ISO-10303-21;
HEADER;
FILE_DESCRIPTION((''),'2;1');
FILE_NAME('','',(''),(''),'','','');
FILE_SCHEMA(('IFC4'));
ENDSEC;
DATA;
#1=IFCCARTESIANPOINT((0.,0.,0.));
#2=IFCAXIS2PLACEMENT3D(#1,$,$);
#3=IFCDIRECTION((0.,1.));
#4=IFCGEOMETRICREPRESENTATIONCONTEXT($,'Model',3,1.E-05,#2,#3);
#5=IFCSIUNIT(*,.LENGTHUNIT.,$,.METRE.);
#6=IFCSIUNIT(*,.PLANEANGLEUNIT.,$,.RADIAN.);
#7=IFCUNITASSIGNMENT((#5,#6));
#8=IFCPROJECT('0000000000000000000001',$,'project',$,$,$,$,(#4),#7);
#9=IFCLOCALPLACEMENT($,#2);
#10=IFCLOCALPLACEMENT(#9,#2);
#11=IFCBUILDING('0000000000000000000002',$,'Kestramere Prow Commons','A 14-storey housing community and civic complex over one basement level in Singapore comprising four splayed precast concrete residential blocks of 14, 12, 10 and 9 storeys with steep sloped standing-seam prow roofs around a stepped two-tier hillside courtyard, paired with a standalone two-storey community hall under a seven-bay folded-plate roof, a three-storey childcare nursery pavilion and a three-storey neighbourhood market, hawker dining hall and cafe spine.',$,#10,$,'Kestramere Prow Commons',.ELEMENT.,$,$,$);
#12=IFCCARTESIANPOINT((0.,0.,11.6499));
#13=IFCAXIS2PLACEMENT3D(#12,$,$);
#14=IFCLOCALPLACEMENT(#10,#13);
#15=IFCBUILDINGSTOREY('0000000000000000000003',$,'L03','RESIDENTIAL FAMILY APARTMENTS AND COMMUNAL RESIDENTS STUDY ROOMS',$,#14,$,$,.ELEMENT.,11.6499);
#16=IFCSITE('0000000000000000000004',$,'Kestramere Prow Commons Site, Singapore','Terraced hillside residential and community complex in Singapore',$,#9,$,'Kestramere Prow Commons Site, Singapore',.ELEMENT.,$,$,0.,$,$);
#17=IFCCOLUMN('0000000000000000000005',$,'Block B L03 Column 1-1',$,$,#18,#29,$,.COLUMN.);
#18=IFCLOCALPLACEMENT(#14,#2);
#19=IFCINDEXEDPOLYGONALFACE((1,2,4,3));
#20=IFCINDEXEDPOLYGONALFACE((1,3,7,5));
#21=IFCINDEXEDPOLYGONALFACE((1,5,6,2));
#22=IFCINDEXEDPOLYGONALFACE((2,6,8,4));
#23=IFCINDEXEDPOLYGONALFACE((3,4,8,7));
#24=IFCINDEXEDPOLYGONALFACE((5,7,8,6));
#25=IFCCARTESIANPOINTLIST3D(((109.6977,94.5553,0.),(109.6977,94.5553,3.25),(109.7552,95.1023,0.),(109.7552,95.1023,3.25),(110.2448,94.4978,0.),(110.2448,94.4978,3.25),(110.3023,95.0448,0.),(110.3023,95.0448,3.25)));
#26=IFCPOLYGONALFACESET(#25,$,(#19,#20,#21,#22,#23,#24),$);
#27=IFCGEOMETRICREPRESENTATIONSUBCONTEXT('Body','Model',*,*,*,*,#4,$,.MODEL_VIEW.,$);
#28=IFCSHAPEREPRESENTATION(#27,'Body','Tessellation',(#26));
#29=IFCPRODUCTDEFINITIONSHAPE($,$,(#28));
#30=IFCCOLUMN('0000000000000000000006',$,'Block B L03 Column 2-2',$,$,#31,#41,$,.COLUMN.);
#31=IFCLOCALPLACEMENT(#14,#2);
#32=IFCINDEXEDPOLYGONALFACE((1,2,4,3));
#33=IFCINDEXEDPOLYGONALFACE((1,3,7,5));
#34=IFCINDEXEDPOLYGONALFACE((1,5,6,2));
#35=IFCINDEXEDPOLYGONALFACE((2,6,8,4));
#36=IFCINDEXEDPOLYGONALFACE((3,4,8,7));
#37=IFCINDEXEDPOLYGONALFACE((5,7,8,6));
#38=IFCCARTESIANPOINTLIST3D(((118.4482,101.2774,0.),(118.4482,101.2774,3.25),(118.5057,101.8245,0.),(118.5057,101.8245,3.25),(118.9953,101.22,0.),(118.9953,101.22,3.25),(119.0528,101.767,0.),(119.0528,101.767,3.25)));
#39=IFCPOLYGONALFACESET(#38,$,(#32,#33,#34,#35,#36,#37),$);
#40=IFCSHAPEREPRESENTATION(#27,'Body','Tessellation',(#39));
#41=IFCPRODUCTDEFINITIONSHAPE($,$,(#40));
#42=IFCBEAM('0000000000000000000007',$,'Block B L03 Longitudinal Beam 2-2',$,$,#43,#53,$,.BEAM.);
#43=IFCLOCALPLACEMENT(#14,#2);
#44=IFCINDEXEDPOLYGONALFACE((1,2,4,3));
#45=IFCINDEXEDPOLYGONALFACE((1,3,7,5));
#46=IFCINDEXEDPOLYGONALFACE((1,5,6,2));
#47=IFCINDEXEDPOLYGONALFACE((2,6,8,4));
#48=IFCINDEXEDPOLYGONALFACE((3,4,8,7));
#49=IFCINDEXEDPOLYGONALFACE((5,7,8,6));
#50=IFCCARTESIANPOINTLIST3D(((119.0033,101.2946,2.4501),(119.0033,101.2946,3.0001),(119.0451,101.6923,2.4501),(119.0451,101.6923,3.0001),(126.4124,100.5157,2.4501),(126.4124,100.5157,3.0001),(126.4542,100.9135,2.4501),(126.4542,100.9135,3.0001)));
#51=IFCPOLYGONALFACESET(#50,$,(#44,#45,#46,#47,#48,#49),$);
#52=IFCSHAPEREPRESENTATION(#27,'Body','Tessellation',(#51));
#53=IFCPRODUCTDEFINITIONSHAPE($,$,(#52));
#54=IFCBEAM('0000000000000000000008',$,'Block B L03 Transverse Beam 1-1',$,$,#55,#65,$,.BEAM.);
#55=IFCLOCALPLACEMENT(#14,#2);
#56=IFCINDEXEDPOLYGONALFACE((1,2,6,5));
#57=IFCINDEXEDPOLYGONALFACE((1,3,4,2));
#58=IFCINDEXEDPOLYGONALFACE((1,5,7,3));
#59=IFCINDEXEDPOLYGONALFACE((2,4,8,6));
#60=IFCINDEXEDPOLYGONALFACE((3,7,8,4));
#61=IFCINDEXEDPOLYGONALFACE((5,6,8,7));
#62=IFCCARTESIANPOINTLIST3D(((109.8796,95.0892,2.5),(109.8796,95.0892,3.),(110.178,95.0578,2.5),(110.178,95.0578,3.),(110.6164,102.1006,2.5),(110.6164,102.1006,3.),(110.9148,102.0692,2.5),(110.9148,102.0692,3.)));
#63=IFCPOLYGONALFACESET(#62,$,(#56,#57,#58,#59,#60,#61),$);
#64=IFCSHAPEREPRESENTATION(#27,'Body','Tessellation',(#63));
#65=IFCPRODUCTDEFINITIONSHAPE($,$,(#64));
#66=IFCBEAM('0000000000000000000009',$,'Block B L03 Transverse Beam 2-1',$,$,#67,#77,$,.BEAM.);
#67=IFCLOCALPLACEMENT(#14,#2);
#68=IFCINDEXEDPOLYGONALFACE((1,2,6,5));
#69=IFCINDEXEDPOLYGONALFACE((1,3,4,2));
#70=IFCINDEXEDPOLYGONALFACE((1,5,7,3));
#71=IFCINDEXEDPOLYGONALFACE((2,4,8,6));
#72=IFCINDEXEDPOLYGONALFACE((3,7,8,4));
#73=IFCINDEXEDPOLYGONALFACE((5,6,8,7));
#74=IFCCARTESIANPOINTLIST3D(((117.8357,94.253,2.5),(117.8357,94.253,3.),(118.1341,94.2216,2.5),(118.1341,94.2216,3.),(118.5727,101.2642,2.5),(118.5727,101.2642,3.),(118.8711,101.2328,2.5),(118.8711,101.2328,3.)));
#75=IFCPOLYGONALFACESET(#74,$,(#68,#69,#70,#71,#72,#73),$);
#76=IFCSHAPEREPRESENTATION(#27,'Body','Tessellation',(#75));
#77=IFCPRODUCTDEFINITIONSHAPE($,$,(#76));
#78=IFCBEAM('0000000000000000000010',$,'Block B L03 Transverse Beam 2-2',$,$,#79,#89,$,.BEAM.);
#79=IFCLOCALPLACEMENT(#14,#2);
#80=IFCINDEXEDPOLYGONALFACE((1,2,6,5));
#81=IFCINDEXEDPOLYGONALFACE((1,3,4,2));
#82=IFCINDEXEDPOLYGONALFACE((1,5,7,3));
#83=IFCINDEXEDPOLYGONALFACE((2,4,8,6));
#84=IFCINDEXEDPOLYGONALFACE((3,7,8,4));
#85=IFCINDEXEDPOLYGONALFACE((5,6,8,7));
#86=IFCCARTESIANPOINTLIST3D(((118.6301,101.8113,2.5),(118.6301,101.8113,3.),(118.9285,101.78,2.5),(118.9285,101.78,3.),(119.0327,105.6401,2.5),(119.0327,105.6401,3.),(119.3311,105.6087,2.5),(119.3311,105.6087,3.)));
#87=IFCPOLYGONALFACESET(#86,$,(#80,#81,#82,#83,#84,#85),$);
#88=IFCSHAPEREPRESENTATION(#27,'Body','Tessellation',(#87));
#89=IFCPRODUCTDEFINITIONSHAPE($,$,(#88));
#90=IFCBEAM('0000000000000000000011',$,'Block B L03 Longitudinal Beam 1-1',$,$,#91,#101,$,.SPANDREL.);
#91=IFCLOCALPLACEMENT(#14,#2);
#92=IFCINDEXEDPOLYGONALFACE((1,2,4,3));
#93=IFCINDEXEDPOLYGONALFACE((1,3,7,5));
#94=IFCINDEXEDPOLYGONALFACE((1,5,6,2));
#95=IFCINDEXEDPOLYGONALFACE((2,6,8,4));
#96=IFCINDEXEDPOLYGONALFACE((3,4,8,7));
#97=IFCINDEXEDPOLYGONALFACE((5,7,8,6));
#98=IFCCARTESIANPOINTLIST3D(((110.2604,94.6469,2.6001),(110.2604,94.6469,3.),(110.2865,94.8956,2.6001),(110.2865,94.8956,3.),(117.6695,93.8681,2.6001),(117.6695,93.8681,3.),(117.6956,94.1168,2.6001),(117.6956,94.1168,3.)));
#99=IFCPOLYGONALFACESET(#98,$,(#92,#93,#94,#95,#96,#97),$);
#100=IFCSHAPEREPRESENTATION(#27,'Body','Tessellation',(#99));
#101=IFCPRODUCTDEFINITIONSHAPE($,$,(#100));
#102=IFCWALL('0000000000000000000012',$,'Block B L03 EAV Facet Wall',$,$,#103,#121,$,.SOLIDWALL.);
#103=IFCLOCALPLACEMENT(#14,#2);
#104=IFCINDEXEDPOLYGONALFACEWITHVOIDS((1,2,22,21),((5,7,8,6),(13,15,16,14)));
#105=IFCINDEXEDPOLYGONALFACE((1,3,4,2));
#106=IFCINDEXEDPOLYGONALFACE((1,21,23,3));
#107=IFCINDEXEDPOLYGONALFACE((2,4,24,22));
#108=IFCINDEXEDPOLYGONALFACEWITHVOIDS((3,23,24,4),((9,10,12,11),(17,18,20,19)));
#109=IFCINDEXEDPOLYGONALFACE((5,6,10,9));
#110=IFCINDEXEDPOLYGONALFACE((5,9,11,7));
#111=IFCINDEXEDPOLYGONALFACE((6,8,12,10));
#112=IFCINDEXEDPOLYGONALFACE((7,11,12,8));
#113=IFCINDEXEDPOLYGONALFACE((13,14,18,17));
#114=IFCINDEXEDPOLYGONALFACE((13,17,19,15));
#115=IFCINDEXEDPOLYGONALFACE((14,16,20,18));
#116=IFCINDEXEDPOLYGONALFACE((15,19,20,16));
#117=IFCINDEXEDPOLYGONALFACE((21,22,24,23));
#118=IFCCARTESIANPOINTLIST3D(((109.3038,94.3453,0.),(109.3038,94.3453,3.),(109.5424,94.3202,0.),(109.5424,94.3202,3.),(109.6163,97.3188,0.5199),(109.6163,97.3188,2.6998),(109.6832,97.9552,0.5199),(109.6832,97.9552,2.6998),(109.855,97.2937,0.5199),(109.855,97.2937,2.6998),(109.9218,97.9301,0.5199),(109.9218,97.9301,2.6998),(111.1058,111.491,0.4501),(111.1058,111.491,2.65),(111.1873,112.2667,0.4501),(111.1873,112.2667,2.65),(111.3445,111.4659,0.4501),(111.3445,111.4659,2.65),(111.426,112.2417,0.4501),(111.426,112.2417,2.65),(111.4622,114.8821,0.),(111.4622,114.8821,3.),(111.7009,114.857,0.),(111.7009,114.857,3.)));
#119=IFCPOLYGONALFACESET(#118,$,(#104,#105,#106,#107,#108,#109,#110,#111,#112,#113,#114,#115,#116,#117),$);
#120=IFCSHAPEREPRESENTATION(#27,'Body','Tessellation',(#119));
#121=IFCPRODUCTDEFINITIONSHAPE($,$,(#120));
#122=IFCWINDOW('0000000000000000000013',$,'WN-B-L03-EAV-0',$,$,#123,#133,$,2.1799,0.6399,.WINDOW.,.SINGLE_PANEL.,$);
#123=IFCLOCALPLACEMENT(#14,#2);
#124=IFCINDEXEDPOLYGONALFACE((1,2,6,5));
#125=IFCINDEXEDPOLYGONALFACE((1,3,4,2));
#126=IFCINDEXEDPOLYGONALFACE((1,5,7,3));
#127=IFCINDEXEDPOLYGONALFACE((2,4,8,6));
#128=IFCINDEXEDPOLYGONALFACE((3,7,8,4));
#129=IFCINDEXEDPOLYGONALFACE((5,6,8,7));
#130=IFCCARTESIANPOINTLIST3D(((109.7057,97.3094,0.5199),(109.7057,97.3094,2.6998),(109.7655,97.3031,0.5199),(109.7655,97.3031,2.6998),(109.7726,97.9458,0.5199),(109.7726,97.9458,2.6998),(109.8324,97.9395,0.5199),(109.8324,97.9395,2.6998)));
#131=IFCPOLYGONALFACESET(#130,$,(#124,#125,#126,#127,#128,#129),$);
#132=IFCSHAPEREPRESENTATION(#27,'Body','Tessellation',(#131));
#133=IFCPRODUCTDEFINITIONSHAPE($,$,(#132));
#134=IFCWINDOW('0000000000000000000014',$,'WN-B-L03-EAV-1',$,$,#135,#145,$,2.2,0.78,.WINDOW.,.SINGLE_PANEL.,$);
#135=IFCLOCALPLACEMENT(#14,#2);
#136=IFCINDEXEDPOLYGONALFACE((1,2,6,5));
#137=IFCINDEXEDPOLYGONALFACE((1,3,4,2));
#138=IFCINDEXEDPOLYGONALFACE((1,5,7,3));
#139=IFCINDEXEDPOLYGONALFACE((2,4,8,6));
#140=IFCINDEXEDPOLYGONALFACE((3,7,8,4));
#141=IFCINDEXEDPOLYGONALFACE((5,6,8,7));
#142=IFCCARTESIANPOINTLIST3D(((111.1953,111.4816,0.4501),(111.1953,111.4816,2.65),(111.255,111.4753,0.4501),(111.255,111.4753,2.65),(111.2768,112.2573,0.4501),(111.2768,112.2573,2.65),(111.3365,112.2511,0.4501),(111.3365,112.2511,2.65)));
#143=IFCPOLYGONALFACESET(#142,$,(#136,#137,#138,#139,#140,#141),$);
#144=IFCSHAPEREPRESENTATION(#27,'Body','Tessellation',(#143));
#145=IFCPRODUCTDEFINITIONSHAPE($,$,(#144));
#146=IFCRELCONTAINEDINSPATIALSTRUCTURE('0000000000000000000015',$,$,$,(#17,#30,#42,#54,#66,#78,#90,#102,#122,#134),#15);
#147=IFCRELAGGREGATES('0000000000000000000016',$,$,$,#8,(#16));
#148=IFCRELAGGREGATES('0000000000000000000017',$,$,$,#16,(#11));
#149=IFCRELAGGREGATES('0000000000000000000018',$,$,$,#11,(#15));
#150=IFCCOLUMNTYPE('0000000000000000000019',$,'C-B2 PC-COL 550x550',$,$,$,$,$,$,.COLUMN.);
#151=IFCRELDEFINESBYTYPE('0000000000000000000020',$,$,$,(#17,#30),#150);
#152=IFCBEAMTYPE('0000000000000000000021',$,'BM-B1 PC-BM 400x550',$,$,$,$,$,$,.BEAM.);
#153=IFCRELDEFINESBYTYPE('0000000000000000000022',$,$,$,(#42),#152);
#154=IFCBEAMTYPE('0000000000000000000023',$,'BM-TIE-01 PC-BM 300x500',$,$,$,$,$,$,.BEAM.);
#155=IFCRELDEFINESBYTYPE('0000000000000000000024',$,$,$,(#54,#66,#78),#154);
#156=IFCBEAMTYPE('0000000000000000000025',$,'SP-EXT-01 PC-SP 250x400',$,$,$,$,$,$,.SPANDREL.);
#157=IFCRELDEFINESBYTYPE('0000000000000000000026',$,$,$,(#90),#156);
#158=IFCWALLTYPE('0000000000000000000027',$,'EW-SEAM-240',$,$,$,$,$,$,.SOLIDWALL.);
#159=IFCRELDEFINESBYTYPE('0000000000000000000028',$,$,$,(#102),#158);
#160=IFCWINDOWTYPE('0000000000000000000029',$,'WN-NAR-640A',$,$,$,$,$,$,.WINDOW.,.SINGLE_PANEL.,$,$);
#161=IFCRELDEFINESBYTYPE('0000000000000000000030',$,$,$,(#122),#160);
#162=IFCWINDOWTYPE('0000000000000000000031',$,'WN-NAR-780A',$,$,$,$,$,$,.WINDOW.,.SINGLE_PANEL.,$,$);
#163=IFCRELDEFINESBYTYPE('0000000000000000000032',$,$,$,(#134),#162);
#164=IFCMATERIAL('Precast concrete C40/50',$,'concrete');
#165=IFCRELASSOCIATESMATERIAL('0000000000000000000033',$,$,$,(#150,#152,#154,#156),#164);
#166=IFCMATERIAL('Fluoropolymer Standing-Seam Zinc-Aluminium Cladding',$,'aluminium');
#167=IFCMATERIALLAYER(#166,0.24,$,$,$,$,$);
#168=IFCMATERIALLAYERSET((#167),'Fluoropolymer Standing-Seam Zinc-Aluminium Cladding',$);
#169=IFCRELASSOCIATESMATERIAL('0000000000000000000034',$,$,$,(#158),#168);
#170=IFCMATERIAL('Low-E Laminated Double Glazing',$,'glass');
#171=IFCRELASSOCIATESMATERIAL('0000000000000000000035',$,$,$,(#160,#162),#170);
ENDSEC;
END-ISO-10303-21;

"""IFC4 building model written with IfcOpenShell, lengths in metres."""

from ifc_helpers import new_model, si_unit, direction, frame, frame_2d, origin, origin_2d, place, context, subcontext, project, spatial, rectangle, extrude, material, layer, layer_set, material_profile, profile_set, type_object, element, fill, save


model = new_model("IFC4")

# Units and contexts
model_context = context("Model", 3, precision=1e-05, world=origin(), true_north=direction((0.0, 1.0)))
body_context = subcontext(model_context, "Body", "Model", "MODEL_VIEW")
ifc_project = project(units=[si_unit("LENGTHUNIT", "METRE"), si_unit("PLANEANGLEUNIT", "RADIAN")], contexts=[model_context])

# Site, building, storey
site_placement = place(None, origin())
site = spatial("IfcSite", under=ifc_project, at=site_placement, Name="Kestramere Prow Commons Site, Singapore", Description="Terraced hillside residential and community complex in Singapore", LongName="Kestramere Prow Commons Site, Singapore", CompositionType="ELEMENT", RefElevation=0.0)
building_placement = place(site_placement, origin())
building = spatial("IfcBuilding", under=site, at=building_placement, Name="Kestramere Prow Commons", Description="A 14-storey housing community and civic complex over one basement level in Singapore comprising four splayed precast concrete residential blocks of 14, 12, 10 and 9 storeys with steep sloped standing-seam prow roofs around a stepped two-tier hillside courtyard, paired with a standalone two-storey community hall under a seven-bay folded-plate roof, a three-storey childcare nursery pavilion and a three-storey neighbourhood market, hawker dining hall and cafe spine.", LongName="Kestramere Prow Commons", CompositionType="ELEMENT")
storey_placement = place(building_placement, frame((0.0, 0.0, 11.6499)))
storey = spatial("IfcBuildingStorey", under=building, at=storey_placement, Name="L03", Description="RESIDENTIAL FAMILY APARTMENTS AND COMMUNAL RESIDENTS STUDY ROOMS", CompositionType="ELEMENT", Elevation=11.6499)

# Columns
ifc_material_1 = material(Name="Precast concrete C40/50", Category="concrete")
ifc_material_profile_1 = material_profile(ifc_material_1, rectangle(XDim=0.55, YDim=0.55, at=origin_2d()), Name="PC-COL 550x550")
ifc_profile_set_1 = profile_set([ifc_material_profile_1], Name="Precast concrete C40/50")
column_type = type_object("IfcColumnType", Name="C-B2 PC-COL 550x550", PredefinedType="COLUMN", material=ifc_profile_set_1)
for number, where, z_axis, x_axis, name in (
    (1, (110.0, 94.8, 0.0), (0.0, 0.0, 1.0), (0.994522, -0.104528, 0.0), "Block B L03 Column 1-1"),
    (2, (118.7505, 101.5222, 0.0), (0.0, 0.0, 1.0), (0.994522, -0.104528, 0.0), "Block B L03 Column 2-2"),
):
    element("IfcColumn", number, at=place(storey_placement, frame(where, z_axis=z_axis, x_axis=x_axis)), inside=storey, type_object=column_type, Name=name, PredefinedType="COLUMN", context=body_context, shape_type="SweptSolid", body=[
        extrude(rectangle(XDim=0.55, YDim=0.55, at=origin_2d()), origin(), (0.0, 0.0, 1.0), 3.25),
    ])

# Beams
ifc_material_profile_2 = material_profile(ifc_material_1, rectangle(XDim=0.3999, YDim=0.55, at=origin_2d()), Name="PC-BM 400x550")
ifc_profile_set_2 = profile_set([ifc_material_profile_2], Name="Precast concrete C40/50")
beam_type_1 = type_object("IfcBeamType", Name="BM-B1 PC-BM 400x550", PredefinedType="BEAM", material=ifc_profile_set_2)
beam_1_placement = place(storey_placement, frame((119.0242, 101.4934, 2.7251), z_axis=(0.994521, -0.104538, 0.0), x_axis=(0.104538, 0.994521, 0.0)))
element("IfcBeam", 3, at=beam_1_placement, inside=storey, type_object=beam_type_1, Name="Block B L03 Longitudinal Beam 2-2", PredefinedType="BEAM", context=body_context, shape_type="SweptSolid", body=[
    extrude(rectangle(XDim=0.3999, YDim=0.55, at=origin_2d()), origin(), (0.0, 0.0, 1.0), 7.45),
])
ifc_material_profile_3 = material_profile(ifc_material_1, rectangle(XDim=0.3, YDim=0.5, at=origin_2d()), Name="PC-BM 300x500")
ifc_profile_set_3 = profile_set([ifc_material_profile_3], Name="Precast concrete C40/50")
beam_type_2 = type_object("IfcBeamType", Name="BM-TIE-01 PC-BM 300x500", PredefinedType="BEAM", material=ifc_profile_set_3)
beam_2_placement = place(storey_placement, frame((110.0288, 95.0735, 2.75), z_axis=(0.104512, 0.994524, 0.0), x_axis=(-0.994524, 0.104512, 0.0)))
element("IfcBeam", 4, at=beam_2_placement, inside=storey, type_object=beam_type_2, Name="Block B L03 Transverse Beam 1-1", PredefinedType="BEAM", context=body_context, shape_type="SweptSolid", body=[
    extrude(rectangle(XDim=0.3, YDim=0.5, at=origin_2d()), origin(), (0.0, 0.0, 1.0), 7.05),
])
beam_3_placement = place(storey_placement, frame((117.9849, 94.2373, 2.75), z_axis=(0.10455, 0.99452, 0.0), x_axis=(-0.99452, 0.10455, 0.0)))
element("IfcBeam", 5, at=beam_3_placement, inside=storey, type_object=beam_type_2, Name="Block B L03 Transverse Beam 2-1", PredefinedType="BEAM", context=body_context, shape_type="SweptSolid", body=[
    extrude(rectangle(XDim=0.3, YDim=0.5, at=origin_2d()), origin(), (0.0, 0.0, 1.0), 7.0498),
])
beam_4_placement = place(storey_placement, frame((118.7793, 101.7957, 2.75), z_axis=(0.104569, 0.994518, 0.0), x_axis=(-0.994518, 0.104569, 0.0)))
element("IfcBeam", 6, at=beam_4_placement, inside=storey, type_object=beam_type_2, Name="Block B L03 Transverse Beam 2-2", PredefinedType="BEAM", context=body_context, shape_type="SweptSolid", body=[
    extrude(rectangle(XDim=0.3, YDim=0.5, at=origin_2d()), origin(), (0.0, 0.0, 1.0), 3.8499),
])
ifc_material_profile_4 = material_profile(ifc_material_1, rectangle(XDim=0.25, YDim=0.3999, at=origin_2d()), Name="PC-SP 250x400")
ifc_profile_set_4 = profile_set([ifc_material_profile_4], Name="Precast concrete C40/50")
beam_type_3 = type_object("IfcBeamType", Name="SP-EXT-01 PC-SP 250x400", PredefinedType="SPANDREL", material=ifc_profile_set_4)
beam_5_placement = place(storey_placement, frame((110.2734, 94.7712, 2.8), z_axis=(0.994521, -0.104538, 0.0), x_axis=(0.104538, 0.994521, 0.0)))
element("IfcBeam", 7, at=beam_5_placement, inside=storey, type_object=beam_type_3, Name="Block B L03 Longitudinal Beam 1-1", PredefinedType="SPANDREL", context=body_context, shape_type="SweptSolid", body=[
    extrude(rectangle(XDim=0.25, YDim=0.3999, at=origin_2d()), origin(), (0.0, 0.0, 1.0), 7.45),
])

# Wall, openings, windows
ifc_material_2 = material(Name="Fluoropolymer Standing-Seam Zinc-Aluminium Cladding", Category="aluminium")
ifc_layer_1 = layer(ifc_material_2, 0.24)
ifc_layer_set_1 = layer_set([ifc_layer_1], Name="Fluoropolymer Standing-Seam Zinc-Aluminium Cladding")
wall_type_1 = type_object("IfcWallType", Name="EW-SEAM-240", PredefinedType="SOLIDWALL", material=ifc_layer_set_1)
wall_1_placement = place(storey_placement, frame((109.4231, 94.3328, 0.0), z_axis=(0.0, 0.0, 1.0), x_axis=(0.104525, 0.994522, 0.0)))
wall_1 = element("IfcWall", 8, at=wall_1_placement, inside=storey, type_object=wall_type_1, Name="Block B L03 EAV Facet Wall", PredefinedType="SOLIDWALL", context=body_context, shape_type="SweptSolid", body=[
    extrude(rectangle(XDim=20.6499, YDim=0.24, at=frame_2d((10.325, 0.0))), origin(), (0.0, 0.0, 1.0), 3.0),
])
opening_1_placement = place(wall_1_placement, frame((2.99, 0.0, 0.52)))
opening_1 = element("IfcOpeningElement", 9, at=opening_1_placement, cuts=wall_1, PredefinedType="OPENING", context=body_context, shape_type="SweptSolid", body=[
    extrude(rectangle(XDim=0.6399, YDim=2.1799, at=frame_2d((0.3198, 1.0898))), frame((0.0, 0.135, 0.0), z_axis=(0.0, -1.0, 0.0), x_axis=(1.0, 0.0, 0.0)), (0.0, 0.0, 1.0), 0.27),
])
opening_2_placement = place(wall_1_placement, frame((17.24, 0.0, 0.45)))
opening_2 = element("IfcOpeningElement", 10, at=opening_2_placement, cuts=wall_1, PredefinedType="OPENING", context=body_context, shape_type="SweptSolid", body=[
    extrude(rectangle(XDim=0.78, YDim=2.2, at=frame_2d((0.3901, 1.1001))), frame((0.0, 0.135, 0.0), z_axis=(0.0, -1.0, 0.0), x_axis=(1.0, 0.0, 0.0)), (0.0, 0.0, 1.0), 0.27),
])
ifc_material_3 = material(Name="Low-E Laminated Double Glazing", Category="glass")
window_type_1 = type_object("IfcWindowType", Name="WN-NAR-640A", PartitioningType="SINGLE_PANEL", PredefinedType="WINDOW", material=ifc_material_3)
window_1_placement = place(opening_1_placement, origin())
window_1 = element("IfcWindow", 11, at=window_1_placement, inside=storey, type_object=window_type_1, Name="WN-B-L03-EAV-0", OverallHeight=2.1799, OverallWidth=0.6399, PartitioningType="SINGLE_PANEL", PredefinedType="WINDOW", context=body_context, shape_type="SweptSolid", body=[
    extrude(rectangle(XDim=0.6399, YDim=2.1799, at=frame_2d((0.3198, 1.0898))), frame((0.0, 0.03, 0.0), z_axis=(0.0, -1.0, 0.0), x_axis=(1.0, 0.0, 0.0)), (0.0, 0.0, 1.0), 0.0601),
])
fill(opening_1, window_1)
window_type_2 = type_object("IfcWindowType", Name="WN-NAR-780A", PartitioningType="SINGLE_PANEL", PredefinedType="WINDOW", material=ifc_material_3)
window_2_placement = place(opening_2_placement, origin())
window_2 = element("IfcWindow", 12, at=window_2_placement, inside=storey, type_object=window_type_2, Name="WN-B-L03-EAV-1", OverallHeight=2.2, OverallWidth=0.78, PartitioningType="SINGLE_PANEL", PredefinedType="WINDOW", context=body_context, shape_type="SweptSolid", body=[
    extrude(rectangle(XDim=0.78, YDim=2.2, at=frame_2d((0.3901, 1.1001))), frame((0.0, 0.03, 0.0), z_axis=(0.0, -1.0, 0.0), x_axis=(1.0, 0.0, 0.0)), (0.0, 0.0, 1.0), 0.0601),
])
fill(opening_2, window_2)

save(model, "model.ifc")
